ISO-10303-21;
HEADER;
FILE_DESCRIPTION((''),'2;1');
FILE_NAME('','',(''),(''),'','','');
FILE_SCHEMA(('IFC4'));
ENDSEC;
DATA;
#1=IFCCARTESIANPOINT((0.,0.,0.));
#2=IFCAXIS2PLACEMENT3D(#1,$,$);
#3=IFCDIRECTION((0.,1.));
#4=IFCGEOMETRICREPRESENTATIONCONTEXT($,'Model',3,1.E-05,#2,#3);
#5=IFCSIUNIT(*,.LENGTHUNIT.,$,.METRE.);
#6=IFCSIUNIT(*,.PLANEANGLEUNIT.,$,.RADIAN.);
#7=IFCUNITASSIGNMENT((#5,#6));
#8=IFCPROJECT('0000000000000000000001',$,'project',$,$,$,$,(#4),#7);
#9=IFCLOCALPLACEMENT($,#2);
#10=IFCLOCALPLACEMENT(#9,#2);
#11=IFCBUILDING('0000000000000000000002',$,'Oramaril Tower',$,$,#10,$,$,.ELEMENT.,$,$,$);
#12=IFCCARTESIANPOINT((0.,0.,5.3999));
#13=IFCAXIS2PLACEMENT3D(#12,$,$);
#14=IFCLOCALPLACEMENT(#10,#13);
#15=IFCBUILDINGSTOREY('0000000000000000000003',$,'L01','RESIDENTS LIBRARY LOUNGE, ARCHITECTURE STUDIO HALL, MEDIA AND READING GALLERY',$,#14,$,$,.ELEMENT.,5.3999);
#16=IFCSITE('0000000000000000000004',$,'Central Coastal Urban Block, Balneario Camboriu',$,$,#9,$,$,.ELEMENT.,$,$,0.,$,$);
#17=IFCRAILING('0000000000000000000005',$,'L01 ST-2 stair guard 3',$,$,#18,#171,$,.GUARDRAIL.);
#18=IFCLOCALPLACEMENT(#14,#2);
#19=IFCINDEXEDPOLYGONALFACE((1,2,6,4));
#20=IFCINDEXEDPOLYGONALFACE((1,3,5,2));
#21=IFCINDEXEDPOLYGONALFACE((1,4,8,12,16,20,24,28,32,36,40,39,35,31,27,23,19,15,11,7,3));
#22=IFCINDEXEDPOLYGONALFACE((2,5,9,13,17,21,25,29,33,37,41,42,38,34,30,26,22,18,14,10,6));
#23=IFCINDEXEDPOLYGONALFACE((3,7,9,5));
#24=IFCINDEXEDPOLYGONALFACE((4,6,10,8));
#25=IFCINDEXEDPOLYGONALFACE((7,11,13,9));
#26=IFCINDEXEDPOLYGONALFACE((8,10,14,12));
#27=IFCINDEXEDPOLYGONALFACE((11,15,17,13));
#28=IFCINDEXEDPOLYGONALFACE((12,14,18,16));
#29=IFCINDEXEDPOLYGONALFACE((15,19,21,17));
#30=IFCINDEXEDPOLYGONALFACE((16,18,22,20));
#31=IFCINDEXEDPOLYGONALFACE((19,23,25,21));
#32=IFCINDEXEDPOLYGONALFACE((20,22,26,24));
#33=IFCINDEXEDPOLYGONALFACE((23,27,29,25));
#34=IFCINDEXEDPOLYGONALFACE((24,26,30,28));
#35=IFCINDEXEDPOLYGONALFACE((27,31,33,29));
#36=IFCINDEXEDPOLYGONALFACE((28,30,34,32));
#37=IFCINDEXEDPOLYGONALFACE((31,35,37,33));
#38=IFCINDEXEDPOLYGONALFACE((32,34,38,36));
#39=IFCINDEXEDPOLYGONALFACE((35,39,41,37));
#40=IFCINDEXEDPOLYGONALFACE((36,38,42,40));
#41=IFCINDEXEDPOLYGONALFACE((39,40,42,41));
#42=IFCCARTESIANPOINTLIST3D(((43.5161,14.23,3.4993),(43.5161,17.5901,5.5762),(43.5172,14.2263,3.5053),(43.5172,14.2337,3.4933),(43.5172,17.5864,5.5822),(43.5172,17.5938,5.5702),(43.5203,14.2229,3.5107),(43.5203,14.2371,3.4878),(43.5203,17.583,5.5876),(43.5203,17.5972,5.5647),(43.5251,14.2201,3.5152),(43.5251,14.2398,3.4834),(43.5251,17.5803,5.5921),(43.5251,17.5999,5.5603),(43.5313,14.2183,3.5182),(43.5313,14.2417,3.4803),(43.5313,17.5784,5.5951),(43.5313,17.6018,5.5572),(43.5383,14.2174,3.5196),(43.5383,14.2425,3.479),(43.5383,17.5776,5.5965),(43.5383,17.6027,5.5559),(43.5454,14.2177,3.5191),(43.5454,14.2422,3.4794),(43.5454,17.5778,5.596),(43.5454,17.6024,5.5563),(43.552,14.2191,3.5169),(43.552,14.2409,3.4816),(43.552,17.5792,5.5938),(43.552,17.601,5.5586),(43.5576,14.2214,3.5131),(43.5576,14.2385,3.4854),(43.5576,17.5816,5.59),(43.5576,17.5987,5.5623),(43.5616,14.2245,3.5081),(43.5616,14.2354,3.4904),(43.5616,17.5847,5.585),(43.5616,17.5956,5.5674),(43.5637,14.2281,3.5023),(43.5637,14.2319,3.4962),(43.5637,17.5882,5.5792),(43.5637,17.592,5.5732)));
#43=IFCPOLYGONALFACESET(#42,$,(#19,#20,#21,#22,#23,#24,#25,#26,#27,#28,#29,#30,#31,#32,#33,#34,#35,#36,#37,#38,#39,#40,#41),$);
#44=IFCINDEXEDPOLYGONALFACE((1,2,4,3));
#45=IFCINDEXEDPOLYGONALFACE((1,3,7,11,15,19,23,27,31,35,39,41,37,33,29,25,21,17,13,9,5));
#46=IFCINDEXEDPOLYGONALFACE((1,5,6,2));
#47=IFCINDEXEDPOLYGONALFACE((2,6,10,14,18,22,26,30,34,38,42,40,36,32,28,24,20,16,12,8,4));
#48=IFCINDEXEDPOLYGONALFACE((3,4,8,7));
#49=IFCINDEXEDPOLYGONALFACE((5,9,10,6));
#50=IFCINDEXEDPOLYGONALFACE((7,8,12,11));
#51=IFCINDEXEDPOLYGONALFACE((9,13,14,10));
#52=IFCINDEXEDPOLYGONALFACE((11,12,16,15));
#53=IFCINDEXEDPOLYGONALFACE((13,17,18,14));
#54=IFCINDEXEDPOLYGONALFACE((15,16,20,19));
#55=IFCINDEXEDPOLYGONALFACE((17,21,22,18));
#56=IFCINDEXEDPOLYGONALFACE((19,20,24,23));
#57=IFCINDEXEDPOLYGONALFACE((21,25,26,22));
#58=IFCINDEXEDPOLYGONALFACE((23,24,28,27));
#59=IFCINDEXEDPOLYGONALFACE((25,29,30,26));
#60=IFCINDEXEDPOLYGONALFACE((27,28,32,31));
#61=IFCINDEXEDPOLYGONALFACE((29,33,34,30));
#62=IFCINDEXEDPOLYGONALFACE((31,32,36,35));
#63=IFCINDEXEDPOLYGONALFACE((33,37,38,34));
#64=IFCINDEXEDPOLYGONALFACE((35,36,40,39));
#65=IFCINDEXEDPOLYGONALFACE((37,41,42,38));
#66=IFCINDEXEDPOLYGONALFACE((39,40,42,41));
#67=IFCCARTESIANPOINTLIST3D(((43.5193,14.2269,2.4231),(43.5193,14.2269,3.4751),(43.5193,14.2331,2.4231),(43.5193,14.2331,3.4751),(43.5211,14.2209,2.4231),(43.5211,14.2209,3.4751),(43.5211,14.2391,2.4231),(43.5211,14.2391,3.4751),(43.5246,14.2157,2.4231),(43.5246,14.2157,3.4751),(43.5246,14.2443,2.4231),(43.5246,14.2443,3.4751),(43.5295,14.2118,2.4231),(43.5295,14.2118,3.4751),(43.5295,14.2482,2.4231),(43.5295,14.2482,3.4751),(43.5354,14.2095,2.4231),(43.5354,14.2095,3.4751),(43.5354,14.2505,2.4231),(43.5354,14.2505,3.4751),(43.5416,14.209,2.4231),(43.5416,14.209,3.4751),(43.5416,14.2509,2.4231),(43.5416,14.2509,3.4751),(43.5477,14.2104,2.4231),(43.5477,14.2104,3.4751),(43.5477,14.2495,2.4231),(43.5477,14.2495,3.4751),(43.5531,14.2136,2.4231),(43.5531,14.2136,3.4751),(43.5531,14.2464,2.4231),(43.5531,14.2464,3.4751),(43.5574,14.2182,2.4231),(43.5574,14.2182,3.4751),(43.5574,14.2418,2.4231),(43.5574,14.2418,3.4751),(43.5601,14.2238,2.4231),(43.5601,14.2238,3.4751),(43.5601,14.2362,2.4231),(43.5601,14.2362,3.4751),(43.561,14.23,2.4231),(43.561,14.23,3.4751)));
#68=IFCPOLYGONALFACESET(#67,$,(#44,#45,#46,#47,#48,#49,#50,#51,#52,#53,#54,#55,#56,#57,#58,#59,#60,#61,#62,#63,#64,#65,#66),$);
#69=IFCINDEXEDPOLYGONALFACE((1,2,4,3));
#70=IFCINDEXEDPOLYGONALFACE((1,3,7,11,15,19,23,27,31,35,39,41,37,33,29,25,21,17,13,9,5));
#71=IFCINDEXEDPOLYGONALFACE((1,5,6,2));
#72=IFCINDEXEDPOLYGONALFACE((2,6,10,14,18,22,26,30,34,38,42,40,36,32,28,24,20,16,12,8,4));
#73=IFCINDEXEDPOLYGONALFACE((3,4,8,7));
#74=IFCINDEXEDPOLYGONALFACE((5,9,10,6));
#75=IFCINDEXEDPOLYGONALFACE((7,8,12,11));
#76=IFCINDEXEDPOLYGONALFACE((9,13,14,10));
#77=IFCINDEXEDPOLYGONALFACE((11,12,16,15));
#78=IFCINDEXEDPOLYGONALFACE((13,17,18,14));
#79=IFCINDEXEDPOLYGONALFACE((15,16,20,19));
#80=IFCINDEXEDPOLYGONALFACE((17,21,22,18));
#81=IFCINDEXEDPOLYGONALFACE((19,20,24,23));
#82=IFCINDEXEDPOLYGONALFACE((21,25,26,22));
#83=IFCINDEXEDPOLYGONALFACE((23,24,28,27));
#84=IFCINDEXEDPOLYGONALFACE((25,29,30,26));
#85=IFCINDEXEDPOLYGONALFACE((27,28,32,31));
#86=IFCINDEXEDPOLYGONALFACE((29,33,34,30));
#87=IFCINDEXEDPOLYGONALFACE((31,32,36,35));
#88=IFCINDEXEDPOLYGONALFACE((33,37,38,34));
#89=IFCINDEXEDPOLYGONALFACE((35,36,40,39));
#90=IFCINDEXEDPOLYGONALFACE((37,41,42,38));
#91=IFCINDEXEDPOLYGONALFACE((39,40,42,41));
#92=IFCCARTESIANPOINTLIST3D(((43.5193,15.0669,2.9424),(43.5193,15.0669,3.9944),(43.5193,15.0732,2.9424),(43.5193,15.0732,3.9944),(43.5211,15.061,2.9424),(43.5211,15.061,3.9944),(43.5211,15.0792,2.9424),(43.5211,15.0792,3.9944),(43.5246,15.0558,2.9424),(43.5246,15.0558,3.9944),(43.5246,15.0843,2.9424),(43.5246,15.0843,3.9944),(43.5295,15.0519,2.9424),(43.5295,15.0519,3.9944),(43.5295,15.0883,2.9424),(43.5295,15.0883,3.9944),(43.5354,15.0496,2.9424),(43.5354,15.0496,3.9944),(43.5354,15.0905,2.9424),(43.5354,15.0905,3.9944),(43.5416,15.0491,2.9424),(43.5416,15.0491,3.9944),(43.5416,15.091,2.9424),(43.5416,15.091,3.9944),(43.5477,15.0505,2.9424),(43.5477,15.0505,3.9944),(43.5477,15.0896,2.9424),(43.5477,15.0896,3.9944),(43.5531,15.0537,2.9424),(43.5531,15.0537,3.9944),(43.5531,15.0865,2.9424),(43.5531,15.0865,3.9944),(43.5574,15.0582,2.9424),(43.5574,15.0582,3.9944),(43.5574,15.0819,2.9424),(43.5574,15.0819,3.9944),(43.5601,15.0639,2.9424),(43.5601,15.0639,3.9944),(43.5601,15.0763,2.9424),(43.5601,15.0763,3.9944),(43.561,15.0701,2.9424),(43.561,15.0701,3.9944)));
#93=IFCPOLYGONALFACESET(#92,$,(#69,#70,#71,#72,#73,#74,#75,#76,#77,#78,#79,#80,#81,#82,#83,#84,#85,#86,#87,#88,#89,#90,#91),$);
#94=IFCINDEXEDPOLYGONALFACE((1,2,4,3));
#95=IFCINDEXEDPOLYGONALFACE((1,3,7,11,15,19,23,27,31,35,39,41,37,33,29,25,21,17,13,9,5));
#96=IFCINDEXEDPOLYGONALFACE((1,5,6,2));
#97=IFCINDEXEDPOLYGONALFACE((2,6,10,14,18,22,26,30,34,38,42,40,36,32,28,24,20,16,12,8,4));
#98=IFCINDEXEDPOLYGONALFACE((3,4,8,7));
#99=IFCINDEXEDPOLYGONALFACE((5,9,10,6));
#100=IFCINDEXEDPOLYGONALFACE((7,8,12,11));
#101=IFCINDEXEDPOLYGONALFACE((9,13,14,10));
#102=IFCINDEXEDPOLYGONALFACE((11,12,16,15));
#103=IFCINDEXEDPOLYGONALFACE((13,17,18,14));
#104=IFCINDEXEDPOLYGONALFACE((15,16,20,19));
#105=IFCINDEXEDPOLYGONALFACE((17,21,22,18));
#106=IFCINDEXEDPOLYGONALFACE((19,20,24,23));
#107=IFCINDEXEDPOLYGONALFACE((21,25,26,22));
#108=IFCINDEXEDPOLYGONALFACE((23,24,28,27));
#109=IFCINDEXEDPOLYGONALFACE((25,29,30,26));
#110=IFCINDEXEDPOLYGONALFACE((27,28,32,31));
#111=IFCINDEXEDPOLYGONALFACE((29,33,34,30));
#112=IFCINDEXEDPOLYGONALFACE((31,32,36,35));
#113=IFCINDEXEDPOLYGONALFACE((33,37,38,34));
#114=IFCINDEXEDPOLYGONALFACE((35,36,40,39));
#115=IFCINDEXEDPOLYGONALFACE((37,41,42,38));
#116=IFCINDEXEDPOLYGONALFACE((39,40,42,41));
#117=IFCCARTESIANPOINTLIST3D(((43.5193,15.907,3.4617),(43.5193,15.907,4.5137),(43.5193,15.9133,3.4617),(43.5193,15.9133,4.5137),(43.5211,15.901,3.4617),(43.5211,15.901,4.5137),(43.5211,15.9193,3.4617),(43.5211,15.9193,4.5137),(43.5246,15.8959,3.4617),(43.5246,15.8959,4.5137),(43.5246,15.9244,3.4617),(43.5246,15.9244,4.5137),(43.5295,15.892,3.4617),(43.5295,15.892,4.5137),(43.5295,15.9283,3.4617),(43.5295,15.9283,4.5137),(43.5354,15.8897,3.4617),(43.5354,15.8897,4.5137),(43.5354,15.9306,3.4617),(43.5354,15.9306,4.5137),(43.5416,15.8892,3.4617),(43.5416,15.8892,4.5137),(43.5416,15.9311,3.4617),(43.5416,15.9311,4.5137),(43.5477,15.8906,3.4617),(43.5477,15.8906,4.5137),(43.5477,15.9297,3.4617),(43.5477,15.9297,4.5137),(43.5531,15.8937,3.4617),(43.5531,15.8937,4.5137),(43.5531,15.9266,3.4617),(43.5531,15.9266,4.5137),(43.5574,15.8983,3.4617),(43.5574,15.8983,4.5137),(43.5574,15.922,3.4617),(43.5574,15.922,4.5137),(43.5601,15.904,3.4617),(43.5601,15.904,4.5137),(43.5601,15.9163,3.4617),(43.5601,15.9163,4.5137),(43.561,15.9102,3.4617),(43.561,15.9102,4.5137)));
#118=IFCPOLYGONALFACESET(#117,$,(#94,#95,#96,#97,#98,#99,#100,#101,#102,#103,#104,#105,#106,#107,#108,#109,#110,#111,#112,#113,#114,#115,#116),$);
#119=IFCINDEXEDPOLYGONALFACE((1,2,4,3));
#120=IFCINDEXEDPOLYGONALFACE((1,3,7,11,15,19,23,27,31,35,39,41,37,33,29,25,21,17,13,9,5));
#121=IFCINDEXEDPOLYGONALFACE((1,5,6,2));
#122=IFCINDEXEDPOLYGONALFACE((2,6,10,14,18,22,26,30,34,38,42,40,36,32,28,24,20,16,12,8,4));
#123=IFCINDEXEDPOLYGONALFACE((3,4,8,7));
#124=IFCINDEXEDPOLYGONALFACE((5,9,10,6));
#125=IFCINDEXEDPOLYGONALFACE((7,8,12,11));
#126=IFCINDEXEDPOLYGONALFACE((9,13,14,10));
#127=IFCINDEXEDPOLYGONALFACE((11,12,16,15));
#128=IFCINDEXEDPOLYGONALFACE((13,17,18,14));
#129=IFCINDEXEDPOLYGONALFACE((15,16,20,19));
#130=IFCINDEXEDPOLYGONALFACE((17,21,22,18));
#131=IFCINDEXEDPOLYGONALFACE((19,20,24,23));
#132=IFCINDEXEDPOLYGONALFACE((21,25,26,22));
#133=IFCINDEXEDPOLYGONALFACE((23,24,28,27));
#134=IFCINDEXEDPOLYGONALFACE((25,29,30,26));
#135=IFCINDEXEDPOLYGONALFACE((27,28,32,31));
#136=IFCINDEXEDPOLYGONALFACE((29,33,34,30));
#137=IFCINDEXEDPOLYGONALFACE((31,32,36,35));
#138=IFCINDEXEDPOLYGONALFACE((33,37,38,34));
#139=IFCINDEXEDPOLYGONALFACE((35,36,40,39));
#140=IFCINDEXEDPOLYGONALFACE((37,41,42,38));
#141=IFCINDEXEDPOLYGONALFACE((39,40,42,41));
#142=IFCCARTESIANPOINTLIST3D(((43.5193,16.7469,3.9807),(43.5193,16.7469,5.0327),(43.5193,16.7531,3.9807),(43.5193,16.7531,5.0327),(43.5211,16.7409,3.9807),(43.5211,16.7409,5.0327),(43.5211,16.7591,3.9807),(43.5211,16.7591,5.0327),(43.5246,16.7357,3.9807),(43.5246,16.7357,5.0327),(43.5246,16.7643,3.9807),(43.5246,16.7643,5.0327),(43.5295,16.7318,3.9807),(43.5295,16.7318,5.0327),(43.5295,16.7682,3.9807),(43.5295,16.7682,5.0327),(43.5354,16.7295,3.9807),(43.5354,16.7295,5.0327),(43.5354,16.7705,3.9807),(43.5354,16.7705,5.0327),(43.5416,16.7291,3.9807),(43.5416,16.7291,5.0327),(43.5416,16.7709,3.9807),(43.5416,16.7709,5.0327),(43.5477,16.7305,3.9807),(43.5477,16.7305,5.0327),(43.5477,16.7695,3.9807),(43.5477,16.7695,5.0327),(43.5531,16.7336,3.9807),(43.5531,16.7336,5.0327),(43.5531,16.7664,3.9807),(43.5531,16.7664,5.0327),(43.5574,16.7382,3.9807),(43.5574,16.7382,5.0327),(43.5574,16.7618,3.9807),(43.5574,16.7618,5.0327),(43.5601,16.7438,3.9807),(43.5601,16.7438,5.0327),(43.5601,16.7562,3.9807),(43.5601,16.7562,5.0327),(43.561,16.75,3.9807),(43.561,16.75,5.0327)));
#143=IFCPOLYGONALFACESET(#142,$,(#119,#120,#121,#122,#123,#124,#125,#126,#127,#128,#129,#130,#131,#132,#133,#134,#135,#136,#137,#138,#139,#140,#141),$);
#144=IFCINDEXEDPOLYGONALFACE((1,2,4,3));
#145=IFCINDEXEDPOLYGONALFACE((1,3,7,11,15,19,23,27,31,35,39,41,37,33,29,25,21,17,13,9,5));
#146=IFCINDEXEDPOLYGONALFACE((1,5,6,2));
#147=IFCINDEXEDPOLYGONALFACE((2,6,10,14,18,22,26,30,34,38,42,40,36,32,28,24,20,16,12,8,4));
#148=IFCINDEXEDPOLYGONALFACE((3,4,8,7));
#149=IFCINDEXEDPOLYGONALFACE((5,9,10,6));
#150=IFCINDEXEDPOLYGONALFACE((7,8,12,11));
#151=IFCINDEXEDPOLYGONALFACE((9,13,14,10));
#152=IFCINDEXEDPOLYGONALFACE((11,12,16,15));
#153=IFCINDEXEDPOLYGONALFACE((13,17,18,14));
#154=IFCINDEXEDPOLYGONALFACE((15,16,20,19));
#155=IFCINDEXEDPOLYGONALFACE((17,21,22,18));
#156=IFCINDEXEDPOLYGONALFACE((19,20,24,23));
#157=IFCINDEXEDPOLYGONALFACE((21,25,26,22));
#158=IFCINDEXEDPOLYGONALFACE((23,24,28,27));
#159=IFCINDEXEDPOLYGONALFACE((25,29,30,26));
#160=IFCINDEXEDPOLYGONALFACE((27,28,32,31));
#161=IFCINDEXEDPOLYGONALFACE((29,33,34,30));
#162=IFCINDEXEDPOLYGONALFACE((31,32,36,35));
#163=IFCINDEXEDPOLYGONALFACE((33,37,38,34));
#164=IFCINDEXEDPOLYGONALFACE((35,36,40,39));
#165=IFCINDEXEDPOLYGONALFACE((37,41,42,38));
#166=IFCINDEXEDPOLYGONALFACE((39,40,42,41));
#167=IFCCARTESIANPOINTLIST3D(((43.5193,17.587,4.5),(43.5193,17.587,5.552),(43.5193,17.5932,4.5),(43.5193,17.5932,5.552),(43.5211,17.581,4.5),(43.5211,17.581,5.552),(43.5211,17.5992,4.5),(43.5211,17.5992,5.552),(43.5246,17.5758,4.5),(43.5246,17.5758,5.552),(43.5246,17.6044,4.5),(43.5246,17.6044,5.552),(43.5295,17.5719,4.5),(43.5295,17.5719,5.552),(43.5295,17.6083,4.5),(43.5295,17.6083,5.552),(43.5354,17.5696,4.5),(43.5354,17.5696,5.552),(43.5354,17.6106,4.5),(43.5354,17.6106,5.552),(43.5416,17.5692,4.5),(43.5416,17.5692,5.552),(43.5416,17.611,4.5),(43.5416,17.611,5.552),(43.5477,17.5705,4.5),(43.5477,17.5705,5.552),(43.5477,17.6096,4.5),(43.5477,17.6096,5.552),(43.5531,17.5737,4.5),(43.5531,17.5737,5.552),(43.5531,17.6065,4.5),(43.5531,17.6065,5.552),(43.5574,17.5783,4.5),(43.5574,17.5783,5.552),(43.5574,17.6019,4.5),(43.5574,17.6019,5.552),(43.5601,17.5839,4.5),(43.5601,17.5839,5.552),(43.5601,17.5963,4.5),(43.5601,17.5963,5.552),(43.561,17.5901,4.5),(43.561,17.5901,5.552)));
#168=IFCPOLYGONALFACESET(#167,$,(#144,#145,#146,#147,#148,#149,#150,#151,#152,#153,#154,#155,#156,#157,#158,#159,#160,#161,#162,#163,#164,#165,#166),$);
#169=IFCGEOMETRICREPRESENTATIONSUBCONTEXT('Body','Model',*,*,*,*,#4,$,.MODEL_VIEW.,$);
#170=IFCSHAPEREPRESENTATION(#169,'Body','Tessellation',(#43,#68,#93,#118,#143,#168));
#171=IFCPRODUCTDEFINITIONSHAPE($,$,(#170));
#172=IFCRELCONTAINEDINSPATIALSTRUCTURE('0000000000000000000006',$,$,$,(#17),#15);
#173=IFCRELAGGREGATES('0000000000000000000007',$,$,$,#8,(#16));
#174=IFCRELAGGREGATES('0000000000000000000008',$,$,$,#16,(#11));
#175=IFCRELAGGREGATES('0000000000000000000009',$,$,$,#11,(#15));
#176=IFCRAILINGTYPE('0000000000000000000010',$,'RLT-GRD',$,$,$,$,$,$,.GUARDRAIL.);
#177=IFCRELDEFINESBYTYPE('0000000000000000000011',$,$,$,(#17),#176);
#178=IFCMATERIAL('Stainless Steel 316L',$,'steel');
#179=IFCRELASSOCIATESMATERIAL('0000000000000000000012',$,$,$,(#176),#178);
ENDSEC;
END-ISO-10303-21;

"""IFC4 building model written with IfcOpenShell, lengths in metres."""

from ifc_helpers import new_model, si_unit, direction, frame, origin, origin_2d, place, context, subcontext, project, spatial, circle, extrude, material, type_object, element, save


model = new_model("IFC4")

# Units and contexts
model_context = context("Model", 3, precision=1e-05, world=origin(), true_north=direction((0.0, 1.0)))
body_context = subcontext(model_context, "Body", "Model", "MODEL_VIEW")
ifc_project = project(units=[si_unit("LENGTHUNIT", "METRE"), si_unit("PLANEANGLEUNIT", "RADIAN")], contexts=[model_context])

# Site, building, storey
site_placement = place(None, origin())
site = spatial("IfcSite", under=ifc_project, at=site_placement, Name="Central Coastal Urban Block, Balneario Camboriu", CompositionType="ELEMENT", RefElevation=0.0)
building_placement = place(site_placement, origin())
building = spatial("IfcBuilding", under=site, at=building_placement, Name="Oramaril Tower", CompositionType="ELEMENT")
storey_placement = place(building_placement, frame((0.0, 0.0, 5.3999)))
storey = spatial("IfcBuildingStorey", under=building, at=storey_placement, Name="L01", Description="RESIDENTS LIBRARY LOUNGE, ARCHITECTURE STUDIO HALL, MEDIA AND READING GALLERY", CompositionType="ELEMENT", Elevation=5.3999)

# Railing
ifc_material_1 = material(Name="Stainless Steel 316L", Category="steel")
railing_type_1 = type_object("IfcRailingType", Name="RLT-GRD", PredefinedType="GUARDRAIL", material=ifc_material_1)
railing_1_placement = place(storey_placement, frame((43.54, 14.23, 2.4231)))
element("IfcRailing", 1, at=railing_1_placement, inside=storey, type_object=railing_type_1, Name="L01 ST-2 stair guard 3", PredefinedType="GUARDRAIL", context=body_context, shape_type="SweptSolid", body=[
    extrude(circle(Radius=0.0239, at=origin_2d()), frame((0.0, 0.0, 1.0762), z_axis=(0.0, 0.850623, 0.525776), x_axis=(-1.0, 0.0, 0.0)), (0.0, 0.0, 1.0), 3.9502),
    extrude(circle(Radius=0.021, at=origin_2d()), origin(), (0.0, 0.0, 1.0), 1.052),
    extrude(circle(Radius=0.021, at=origin_2d()), frame((0.0, 0.8401, 0.5193)), (0.0, 0.0, 1.0), 1.052),
    extrude(circle(Radius=0.021, at=origin_2d()), frame((0.0, 1.6802, 1.0386)), (0.0, 0.0, 1.0), 1.052),
    extrude(circle(Radius=0.021, at=origin_2d()), frame((0.0, 2.52, 1.5576)), (0.0, 0.0, 1.0), 1.052),
    extrude(circle(Radius=0.021, at=origin_2d()), frame((0.0, 3.3601, 2.0769)), (0.0, 0.0, 1.0), 1.052),
])

save(model, "model.ifc")
